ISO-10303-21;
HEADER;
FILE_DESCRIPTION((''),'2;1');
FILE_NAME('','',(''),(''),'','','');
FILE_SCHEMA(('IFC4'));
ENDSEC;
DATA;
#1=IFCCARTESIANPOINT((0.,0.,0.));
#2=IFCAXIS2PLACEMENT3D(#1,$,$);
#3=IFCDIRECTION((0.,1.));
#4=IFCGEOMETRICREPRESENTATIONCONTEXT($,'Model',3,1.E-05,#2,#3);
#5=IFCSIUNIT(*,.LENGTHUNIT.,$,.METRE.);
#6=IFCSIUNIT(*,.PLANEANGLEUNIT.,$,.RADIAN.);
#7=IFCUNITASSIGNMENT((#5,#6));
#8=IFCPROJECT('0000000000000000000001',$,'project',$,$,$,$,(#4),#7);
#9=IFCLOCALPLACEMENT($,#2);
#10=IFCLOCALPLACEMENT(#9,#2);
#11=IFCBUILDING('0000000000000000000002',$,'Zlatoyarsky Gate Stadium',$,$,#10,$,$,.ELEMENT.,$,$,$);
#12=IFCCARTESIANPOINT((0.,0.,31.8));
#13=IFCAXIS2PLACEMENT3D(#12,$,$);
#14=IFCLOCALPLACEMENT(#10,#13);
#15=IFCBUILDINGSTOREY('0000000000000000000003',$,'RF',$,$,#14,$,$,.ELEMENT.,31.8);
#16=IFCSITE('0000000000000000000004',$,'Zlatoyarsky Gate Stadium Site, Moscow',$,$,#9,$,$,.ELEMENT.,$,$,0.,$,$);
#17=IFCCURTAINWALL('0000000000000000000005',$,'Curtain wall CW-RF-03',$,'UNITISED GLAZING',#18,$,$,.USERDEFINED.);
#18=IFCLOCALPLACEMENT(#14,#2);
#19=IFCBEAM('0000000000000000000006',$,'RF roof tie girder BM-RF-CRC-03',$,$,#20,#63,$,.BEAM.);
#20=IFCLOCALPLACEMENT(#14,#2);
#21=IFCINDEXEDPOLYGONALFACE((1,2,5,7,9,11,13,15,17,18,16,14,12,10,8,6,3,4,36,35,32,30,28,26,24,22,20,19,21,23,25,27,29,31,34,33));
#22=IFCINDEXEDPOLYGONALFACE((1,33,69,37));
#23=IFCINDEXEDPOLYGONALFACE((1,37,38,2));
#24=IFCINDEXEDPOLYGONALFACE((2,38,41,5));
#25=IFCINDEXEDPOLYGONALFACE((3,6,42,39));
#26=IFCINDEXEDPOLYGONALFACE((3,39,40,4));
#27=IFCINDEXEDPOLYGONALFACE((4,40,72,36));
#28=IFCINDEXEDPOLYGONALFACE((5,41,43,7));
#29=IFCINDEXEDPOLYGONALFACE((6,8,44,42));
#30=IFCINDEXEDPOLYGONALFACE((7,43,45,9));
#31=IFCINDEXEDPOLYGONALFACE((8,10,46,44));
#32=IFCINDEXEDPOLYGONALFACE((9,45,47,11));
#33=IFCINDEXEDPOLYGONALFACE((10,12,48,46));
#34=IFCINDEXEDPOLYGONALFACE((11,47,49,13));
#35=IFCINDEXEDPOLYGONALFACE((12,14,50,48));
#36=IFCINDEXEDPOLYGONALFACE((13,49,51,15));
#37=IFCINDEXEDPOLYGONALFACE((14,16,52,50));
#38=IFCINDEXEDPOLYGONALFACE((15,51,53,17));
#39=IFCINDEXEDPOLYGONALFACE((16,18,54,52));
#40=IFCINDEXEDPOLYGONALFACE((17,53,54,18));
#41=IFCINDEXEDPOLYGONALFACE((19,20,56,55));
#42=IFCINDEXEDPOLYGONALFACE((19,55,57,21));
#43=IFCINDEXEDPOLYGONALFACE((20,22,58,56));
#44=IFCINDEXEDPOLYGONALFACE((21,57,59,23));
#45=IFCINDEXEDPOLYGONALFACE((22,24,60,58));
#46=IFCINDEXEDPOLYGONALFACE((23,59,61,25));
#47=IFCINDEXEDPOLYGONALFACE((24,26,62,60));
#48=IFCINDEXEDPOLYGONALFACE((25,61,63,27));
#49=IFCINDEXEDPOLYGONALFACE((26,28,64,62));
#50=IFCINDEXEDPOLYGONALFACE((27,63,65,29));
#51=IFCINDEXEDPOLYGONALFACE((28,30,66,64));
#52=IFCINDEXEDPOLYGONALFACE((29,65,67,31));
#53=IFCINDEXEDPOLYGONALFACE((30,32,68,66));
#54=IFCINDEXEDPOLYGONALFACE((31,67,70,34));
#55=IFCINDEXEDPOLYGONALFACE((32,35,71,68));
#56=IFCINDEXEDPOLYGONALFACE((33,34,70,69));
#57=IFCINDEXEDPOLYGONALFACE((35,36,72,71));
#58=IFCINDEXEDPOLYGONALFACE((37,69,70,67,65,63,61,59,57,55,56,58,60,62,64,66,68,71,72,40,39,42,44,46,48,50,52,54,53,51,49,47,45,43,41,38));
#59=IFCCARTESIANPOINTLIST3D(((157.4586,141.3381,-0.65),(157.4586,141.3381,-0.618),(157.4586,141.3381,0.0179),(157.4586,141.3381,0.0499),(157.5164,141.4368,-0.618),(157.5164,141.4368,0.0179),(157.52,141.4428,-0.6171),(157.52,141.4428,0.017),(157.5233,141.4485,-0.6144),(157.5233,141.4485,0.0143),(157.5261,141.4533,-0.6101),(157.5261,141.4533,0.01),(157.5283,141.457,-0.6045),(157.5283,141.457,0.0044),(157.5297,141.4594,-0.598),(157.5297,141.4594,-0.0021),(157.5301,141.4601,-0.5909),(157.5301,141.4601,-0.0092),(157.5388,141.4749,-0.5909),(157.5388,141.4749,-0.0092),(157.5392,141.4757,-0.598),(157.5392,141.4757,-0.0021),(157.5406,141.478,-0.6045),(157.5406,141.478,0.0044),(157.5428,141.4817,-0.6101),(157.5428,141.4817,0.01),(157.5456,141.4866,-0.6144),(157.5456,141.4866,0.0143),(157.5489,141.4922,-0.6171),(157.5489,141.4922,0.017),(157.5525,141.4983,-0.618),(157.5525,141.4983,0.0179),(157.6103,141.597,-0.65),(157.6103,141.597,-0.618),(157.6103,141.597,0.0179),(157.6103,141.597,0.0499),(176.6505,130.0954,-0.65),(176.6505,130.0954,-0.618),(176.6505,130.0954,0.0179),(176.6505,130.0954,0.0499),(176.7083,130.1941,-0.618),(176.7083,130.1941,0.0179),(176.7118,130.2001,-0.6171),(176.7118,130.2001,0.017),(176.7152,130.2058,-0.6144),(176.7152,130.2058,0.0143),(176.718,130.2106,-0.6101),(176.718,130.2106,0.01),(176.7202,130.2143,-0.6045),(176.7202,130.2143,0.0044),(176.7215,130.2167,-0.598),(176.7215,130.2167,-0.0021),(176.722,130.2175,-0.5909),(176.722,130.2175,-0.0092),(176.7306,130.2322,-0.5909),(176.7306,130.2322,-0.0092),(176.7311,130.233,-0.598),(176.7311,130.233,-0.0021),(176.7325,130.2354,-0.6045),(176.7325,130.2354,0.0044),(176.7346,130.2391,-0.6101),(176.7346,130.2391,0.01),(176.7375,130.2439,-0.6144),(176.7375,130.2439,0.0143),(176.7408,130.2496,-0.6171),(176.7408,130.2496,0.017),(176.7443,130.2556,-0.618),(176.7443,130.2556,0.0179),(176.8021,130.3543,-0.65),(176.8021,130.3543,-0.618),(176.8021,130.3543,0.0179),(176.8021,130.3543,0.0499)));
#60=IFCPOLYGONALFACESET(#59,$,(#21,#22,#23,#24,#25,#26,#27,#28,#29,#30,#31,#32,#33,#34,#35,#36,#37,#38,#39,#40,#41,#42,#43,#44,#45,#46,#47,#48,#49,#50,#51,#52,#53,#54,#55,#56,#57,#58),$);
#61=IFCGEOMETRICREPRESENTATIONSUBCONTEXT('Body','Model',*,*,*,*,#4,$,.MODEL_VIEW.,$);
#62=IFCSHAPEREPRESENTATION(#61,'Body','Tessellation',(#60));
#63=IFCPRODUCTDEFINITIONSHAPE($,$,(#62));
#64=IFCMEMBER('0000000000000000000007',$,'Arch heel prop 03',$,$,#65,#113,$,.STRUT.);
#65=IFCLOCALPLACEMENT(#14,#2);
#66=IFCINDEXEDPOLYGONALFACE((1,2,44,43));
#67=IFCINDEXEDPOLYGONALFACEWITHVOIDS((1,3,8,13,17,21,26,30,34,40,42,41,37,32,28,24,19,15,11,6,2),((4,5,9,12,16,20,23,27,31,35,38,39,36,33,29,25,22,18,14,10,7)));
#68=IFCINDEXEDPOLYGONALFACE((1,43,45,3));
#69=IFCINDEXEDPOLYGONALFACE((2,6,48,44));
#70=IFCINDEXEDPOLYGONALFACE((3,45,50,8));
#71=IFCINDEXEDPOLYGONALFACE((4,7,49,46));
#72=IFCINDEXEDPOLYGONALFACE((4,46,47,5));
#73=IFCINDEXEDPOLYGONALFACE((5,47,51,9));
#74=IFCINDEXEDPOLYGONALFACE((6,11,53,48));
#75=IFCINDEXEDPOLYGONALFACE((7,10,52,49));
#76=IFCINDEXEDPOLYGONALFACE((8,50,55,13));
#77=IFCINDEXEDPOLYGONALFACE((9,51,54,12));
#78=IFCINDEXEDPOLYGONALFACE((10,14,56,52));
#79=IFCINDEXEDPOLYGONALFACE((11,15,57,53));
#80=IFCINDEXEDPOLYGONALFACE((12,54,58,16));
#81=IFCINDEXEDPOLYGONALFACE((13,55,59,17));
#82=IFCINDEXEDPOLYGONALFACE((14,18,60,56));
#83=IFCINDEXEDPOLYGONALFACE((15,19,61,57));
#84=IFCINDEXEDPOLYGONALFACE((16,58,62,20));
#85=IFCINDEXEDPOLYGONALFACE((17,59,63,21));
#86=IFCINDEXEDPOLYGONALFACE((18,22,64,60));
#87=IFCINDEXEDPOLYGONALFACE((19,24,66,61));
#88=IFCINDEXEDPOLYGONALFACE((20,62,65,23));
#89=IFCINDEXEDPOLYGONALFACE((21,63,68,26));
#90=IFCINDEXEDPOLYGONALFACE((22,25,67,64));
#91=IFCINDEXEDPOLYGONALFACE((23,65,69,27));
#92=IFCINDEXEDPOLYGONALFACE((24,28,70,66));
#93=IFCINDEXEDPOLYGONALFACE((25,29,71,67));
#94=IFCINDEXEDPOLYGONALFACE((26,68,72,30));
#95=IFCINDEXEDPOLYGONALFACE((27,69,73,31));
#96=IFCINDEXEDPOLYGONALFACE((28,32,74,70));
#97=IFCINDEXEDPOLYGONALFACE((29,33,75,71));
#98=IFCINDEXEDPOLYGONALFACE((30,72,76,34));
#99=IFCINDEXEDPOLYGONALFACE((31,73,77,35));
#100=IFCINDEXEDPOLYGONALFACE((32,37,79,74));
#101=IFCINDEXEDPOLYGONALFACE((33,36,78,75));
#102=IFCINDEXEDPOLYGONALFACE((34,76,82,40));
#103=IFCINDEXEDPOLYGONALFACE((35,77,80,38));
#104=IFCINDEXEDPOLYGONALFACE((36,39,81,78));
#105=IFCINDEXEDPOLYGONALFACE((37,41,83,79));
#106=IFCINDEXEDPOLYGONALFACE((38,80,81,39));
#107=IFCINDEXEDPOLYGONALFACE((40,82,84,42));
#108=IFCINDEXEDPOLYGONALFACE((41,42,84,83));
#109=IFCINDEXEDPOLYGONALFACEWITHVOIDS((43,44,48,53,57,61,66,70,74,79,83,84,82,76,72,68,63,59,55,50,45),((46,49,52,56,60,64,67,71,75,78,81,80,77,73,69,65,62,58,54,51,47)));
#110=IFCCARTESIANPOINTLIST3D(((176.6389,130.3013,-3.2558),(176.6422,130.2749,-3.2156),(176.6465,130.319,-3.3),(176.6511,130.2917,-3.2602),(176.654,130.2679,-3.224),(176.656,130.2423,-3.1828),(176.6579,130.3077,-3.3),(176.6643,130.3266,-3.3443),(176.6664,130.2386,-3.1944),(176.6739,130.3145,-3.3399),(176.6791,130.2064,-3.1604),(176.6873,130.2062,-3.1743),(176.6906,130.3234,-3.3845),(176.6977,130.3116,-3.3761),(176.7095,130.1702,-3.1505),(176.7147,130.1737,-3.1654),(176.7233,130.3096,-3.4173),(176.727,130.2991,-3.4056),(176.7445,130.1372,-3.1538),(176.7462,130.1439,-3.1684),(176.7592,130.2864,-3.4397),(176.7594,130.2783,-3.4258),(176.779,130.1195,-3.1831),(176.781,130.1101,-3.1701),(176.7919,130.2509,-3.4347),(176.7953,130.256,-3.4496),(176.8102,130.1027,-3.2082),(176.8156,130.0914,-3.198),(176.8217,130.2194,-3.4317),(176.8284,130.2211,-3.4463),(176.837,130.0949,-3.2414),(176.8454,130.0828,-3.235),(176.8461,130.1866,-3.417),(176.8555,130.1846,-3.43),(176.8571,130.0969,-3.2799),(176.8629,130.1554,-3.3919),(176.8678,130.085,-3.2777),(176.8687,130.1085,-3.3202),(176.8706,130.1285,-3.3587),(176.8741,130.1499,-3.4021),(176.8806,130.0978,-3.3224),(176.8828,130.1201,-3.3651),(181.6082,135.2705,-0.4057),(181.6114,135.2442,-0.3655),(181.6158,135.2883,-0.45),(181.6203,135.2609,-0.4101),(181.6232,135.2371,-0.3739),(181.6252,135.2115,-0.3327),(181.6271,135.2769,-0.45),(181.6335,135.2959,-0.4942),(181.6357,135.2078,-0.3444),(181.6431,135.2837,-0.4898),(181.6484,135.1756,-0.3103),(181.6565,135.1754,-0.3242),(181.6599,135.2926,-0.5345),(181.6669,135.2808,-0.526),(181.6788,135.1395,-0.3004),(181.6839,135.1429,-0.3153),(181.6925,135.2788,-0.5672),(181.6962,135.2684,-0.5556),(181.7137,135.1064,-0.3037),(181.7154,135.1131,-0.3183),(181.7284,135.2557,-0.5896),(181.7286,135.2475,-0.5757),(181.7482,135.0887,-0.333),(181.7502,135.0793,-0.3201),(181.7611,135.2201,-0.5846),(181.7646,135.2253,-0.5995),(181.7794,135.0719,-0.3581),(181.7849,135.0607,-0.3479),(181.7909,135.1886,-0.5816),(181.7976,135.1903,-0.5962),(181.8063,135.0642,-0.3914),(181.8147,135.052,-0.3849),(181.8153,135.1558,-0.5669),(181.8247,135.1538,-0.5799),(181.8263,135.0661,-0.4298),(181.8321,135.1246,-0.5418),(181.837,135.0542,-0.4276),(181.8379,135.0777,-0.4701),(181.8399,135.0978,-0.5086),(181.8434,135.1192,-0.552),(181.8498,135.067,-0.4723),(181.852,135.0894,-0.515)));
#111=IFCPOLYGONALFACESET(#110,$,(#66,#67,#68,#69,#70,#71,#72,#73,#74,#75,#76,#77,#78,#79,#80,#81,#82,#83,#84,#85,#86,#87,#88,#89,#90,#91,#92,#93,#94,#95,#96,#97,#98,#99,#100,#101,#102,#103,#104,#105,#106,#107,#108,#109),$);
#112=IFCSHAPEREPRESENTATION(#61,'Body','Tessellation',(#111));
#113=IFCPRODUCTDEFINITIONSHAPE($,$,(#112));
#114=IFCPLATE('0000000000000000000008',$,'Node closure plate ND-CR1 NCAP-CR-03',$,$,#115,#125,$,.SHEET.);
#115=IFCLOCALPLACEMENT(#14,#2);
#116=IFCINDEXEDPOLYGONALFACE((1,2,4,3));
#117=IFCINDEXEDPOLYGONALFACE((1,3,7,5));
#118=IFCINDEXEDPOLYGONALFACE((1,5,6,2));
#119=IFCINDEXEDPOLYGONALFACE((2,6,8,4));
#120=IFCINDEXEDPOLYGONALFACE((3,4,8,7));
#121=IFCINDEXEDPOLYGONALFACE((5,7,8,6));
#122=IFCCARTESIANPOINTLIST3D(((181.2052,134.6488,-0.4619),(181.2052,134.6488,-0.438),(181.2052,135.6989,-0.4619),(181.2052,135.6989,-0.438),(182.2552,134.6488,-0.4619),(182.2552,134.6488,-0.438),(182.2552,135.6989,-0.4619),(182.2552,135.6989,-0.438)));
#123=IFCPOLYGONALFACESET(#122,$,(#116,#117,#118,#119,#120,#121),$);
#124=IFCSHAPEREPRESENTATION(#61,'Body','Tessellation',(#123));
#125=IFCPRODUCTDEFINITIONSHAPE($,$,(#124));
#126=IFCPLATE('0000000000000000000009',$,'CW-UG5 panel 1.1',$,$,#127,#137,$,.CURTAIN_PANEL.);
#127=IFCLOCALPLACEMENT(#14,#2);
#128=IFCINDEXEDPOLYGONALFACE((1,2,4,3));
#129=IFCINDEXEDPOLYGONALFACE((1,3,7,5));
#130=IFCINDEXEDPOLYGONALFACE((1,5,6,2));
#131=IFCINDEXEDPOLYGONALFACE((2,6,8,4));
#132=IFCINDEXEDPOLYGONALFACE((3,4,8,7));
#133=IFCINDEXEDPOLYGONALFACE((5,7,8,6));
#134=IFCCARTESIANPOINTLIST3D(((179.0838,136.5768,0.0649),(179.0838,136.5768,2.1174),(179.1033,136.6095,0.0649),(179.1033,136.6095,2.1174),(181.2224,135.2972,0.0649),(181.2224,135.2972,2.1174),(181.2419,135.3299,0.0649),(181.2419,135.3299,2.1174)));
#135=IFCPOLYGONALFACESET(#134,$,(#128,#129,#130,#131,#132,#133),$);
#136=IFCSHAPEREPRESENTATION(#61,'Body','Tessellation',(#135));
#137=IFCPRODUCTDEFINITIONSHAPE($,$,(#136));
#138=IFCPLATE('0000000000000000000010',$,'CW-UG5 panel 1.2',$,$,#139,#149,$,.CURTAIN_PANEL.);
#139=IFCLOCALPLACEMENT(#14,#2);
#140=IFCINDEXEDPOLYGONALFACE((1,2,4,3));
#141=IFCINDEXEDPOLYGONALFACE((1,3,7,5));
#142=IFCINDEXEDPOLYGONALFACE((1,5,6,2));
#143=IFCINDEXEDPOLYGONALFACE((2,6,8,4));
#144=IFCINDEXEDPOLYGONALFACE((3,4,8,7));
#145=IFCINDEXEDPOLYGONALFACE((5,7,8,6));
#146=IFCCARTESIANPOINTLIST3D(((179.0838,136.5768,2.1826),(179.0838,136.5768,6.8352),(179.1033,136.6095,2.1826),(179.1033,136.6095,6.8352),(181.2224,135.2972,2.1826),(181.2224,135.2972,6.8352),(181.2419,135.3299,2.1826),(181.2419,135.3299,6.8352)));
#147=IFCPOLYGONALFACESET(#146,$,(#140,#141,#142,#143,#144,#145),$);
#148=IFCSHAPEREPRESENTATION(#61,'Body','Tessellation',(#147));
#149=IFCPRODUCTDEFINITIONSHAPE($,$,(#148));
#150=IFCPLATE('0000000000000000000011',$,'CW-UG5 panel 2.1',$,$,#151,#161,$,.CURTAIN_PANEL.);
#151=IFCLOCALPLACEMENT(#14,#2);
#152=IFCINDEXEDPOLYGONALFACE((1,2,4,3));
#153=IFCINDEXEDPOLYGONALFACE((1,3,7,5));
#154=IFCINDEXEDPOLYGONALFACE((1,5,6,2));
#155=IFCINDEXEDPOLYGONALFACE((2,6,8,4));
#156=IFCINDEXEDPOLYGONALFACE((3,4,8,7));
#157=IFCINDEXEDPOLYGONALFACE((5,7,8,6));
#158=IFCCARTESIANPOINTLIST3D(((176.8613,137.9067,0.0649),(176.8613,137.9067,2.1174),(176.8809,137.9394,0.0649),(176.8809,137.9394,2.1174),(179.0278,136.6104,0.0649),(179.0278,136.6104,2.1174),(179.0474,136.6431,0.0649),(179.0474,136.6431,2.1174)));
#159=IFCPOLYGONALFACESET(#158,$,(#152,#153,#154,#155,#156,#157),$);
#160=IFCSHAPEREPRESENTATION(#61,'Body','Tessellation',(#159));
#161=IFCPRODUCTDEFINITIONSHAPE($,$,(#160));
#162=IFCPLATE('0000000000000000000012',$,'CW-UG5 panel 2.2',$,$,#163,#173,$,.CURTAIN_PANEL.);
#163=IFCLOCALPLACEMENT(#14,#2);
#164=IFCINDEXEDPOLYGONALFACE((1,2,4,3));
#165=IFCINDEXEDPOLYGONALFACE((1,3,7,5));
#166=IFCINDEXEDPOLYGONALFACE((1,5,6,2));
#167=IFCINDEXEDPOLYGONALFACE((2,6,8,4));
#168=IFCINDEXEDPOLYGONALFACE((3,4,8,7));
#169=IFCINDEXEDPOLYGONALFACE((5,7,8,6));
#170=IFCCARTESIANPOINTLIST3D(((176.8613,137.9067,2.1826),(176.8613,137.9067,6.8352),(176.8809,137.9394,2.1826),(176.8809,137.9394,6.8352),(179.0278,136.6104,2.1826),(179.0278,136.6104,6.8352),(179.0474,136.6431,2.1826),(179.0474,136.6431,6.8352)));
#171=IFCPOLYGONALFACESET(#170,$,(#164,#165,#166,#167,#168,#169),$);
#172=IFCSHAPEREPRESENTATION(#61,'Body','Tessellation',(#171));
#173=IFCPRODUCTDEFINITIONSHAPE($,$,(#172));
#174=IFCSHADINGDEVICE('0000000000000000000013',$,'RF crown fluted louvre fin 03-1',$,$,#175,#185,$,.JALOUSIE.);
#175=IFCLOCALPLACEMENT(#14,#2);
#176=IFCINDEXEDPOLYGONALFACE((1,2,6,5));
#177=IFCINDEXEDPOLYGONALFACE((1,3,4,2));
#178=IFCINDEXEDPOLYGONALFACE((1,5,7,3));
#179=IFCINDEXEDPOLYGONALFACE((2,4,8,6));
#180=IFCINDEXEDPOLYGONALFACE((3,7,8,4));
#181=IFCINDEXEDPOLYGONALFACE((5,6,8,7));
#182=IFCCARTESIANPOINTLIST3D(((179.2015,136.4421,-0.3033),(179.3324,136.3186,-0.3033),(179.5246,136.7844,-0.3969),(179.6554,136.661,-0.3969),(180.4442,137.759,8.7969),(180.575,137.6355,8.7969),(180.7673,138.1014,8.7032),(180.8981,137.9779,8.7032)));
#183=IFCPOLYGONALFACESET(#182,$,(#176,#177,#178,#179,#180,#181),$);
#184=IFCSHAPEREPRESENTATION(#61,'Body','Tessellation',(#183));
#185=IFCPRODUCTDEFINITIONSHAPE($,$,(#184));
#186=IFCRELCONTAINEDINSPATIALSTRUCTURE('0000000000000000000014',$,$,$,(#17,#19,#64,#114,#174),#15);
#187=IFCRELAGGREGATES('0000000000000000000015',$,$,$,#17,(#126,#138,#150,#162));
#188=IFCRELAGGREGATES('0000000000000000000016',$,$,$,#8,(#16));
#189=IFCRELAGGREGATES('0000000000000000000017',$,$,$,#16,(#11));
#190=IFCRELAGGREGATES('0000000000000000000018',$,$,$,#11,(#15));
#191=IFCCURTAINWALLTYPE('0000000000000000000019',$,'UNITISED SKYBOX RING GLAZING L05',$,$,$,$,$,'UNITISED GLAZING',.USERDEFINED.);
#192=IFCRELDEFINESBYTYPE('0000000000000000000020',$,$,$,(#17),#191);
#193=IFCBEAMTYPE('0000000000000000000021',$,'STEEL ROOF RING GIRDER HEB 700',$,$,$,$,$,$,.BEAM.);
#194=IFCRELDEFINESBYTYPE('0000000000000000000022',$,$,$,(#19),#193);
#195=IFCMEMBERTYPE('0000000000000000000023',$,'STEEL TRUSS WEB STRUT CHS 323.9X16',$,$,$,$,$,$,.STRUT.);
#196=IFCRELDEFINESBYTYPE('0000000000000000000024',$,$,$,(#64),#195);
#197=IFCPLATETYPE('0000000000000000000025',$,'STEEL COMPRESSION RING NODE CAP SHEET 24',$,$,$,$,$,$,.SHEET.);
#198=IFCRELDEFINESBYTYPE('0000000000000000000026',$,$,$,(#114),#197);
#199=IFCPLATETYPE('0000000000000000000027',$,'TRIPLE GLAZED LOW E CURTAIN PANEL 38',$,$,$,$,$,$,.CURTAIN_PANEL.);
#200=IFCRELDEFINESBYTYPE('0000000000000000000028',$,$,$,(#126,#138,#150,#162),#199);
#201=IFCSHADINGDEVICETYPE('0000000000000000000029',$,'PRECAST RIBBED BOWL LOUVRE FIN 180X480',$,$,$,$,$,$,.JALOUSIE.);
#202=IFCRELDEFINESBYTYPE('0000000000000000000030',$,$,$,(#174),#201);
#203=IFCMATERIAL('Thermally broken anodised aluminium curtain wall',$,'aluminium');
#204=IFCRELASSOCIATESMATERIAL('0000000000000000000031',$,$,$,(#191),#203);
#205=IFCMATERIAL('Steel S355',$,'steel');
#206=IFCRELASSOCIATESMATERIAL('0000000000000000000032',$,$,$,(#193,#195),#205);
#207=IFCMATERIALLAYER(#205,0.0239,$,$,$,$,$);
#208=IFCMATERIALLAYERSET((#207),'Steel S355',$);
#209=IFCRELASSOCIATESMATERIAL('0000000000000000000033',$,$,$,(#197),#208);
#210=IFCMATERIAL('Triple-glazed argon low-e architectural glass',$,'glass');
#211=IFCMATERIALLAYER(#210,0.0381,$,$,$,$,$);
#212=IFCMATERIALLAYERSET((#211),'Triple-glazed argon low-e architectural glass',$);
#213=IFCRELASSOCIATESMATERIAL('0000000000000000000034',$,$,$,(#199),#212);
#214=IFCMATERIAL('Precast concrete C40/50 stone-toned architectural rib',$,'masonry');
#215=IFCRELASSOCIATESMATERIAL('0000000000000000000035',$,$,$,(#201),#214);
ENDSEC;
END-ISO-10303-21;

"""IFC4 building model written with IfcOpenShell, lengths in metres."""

from ifc_helpers import new_model, si_unit, direction, frame, origin, origin_2d, place, context, subcontext, project, spatial, rectangle, hollow_circle, i_section, extrude, material, layer, layer_set, material_profile, profile_set, type_object, element, aggregate, save


model = new_model("IFC4")

# Units and contexts
model_context = context("Model", 3, precision=1e-05, world=origin(), true_north=direction((0.0, 1.0)))
body_context = subcontext(model_context, "Body", "Model", "MODEL_VIEW")
ifc_project = project(units=[si_unit("LENGTHUNIT", "METRE"), si_unit("PLANEANGLEUNIT", "RADIAN")], contexts=[model_context])

# Site, building, storey
site_placement = place(None, origin())
site = spatial("IfcSite", under=ifc_project, at=site_placement, Name="Zlatoyarsky Gate Stadium Site, Moscow", CompositionType="ELEMENT", RefElevation=0.0)
building_placement = place(site_placement, origin())
building = spatial("IfcBuilding", under=site, at=building_placement, Name="Zlatoyarsky Gate Stadium", CompositionType="ELEMENT")
storey_placement = place(building_placement, frame((0.0, 0.0, 31.8)))
storey = spatial("IfcBuildingStorey", under=building, at=storey_placement, Name="RF", CompositionType="ELEMENT", Elevation=31.8)

# Curtain wall
ifc_material_1 = material(Name="Thermally broken anodised aluminium curtain wall", Category="aluminium")
curtain_wall_type = type_object("IfcCurtainWallType", Name="UNITISED SKYBOX RING GLAZING L05", ElementType="UNITISED GLAZING", PredefinedType="USERDEFINED", material=ifc_material_1)
curtain_wall_placement = place(storey_placement, origin())
curtain_wall = element("IfcCurtainWall", 1, at=curtain_wall_placement, inside=storey, type_object=curtain_wall_type, Name="Curtain wall CW-RF-03", ObjectType="UNITISED GLAZING", PredefinedType="USERDEFINED")

# Shared definitions
ifc_material_2 = material(Name="Steel S355", Category="steel")

# Beam
ifc_material_profile_1 = material_profile(ifc_material_2, i_section(OverallWidth=0.3, OverallDepth=0.7, WebThickness=0.0171, FlangeThickness=0.032, FilletRadius=0.0271, at=origin_2d()), Name="HEB 700")
ifc_profile_set_1 = profile_set([ifc_material_profile_1], Name="Steel S355")
beam_type_1 = type_object("IfcBeamType", Name="STEEL ROOF RING GIRDER HEB 700", PredefinedType="BEAM", material=ifc_profile_set_1)
beam_1_placement = place(storey_placement, frame((176.7263, 130.2249, -0.3), z_axis=(-0.86285, 0.50546, 0.0), x_axis=(-0.50546, -0.86285, 0.0)))
element("IfcBeam", 2, at=beam_1_placement, inside=storey, type_object=beam_type_1, Name="RF roof tie girder BM-RF-CRC-03", PredefinedType="BEAM", context=body_context, shape_type="SweptSolid", body=[
    extrude(i_section(OverallWidth=0.3, OverallDepth=0.7, WebThickness=0.0171, FlangeThickness=0.032, FilletRadius=0.0271, at=origin_2d()), origin(), (0.0, 0.0, 1.0), 22.2424),
])

# Member
ifc_material_profile_2 = material_profile(ifc_material_2, hollow_circle(Radius=0.1619, WallThickness=0.0161, at=origin_2d()), Name="CHS 323.9X16")
ifc_profile_set_2 = profile_set([ifc_material_profile_2], Name="Steel S355")
member_type_1 = type_object("IfcMemberType", Name="STEEL TRUSS WEB STRUT CHS 323.9X16", PredefinedType="STRUT", material=ifc_profile_set_2)
member_1_placement = place(storey_placement, frame((176.761, 130.2046, -3.3), z_axis=(0.655268, 0.655268, 0.375828), x_axis=(-0.707107, 0.707107, 0.0)))
element("IfcMember", 3, at=member_1_placement, inside=storey, type_object=member_type_1, Name="Arch heel prop 03", PredefinedType="STRUT", context=body_context, shape_type="SweptSolid", body=[
    extrude(hollow_circle(Radius=0.1619, WallThickness=0.0161, at=origin_2d()), origin(), (0.0, 0.0, 1.0), 7.5835),
])

# Plates
ifc_layer_1 = layer(ifc_material_2, 0.0239)
ifc_layer_set_1 = layer_set([ifc_layer_1], Name="Steel S355")
plate_type_1 = type_object("IfcPlateType", Name="STEEL COMPRESSION RING NODE CAP SHEET 24", PredefinedType="SHEET", material=ifc_layer_set_1)
plate_1_placement = place(storey_placement, frame((181.7302, 135.1738, -0.4619), z_axis=(0.0, 0.0, 1.0), x_axis=(1.0, 0.0, 0.0)))
element("IfcPlate", 4, at=plate_1_placement, inside=storey, type_object=plate_type_1, Name="Node closure plate ND-CR1 NCAP-CR-03", PredefinedType="SHEET", context=body_context, shape_type="SweptSolid", body=[
    extrude(rectangle(XDim=1.05, YDim=1.05, at=origin_2d()), origin(), (0.0, 0.0, 1.0), 0.0239),
])
ifc_material_3 = material(Name="Triple-glazed argon low-e architectural glass", Category="glass")
ifc_layer_2 = layer(ifc_material_3, 0.0381)
ifc_layer_set_2 = layer_set([ifc_layer_2], Name="Triple-glazed argon low-e architectural glass")
plate_type_2 = type_object("IfcPlateType", Name="TRIPLE GLAZED LOW E CURTAIN PANEL 38", PredefinedType="CURTAIN_PANEL", material=ifc_layer_set_2)
plate_2_placement = place(storey_placement, frame((180.1628, 135.9534, 0.0649), z_axis=(0.0, 0.0, 1.0), x_axis=(-0.858128, 0.513436, 0.0)))
plate_2 = element("IfcPlate", 5, at=plate_2_placement, type_object=plate_type_2, Name="CW-UG5 panel 1.1", PredefinedType="CURTAIN_PANEL", context=body_context, shape_type="SweptSolid", body=[
    extrude(rectangle(XDim=2.4922, YDim=0.0381, at=origin_2d()), origin(), (0.0, 0.0, 1.0), 2.0525),
])
plate_3_placement = place(storey_placement, frame((180.1628, 135.9534, 2.1826), z_axis=(0.0, 0.0, 1.0), x_axis=(-0.858128, 0.513436, 0.0)))
plate_3 = element("IfcPlate", 6, at=plate_3_placement, type_object=plate_type_2, Name="CW-UG5 panel 1.2", PredefinedType="CURTAIN_PANEL", context=body_context, shape_type="SweptSolid", body=[
    extrude(rectangle(XDim=2.4922, YDim=0.0381, at=origin_2d()), origin(), (0.0, 0.0, 1.0), 4.6526),
])
plate_4_placement = place(storey_placement, frame((177.9543, 137.2749, 0.0649), z_axis=(0.0, 0.0, 1.0), x_axis=(-0.858128, 0.513436, 0.0)))
plate_4 = element("IfcPlate", 7, at=plate_4_placement, type_object=plate_type_2, Name="CW-UG5 panel 2.1", PredefinedType="CURTAIN_PANEL", context=body_context, shape_type="SweptSolid", body=[
    extrude(rectangle(XDim=2.5247, YDim=0.0381, at=origin_2d()), origin(), (0.0, 0.0, 1.0), 2.0525),
])
plate_5_placement = place(storey_placement, frame((177.9543, 137.2749, 2.1826), z_axis=(0.0, 0.0, 1.0), x_axis=(-0.858128, 0.513436, 0.0)))
plate_5 = element("IfcPlate", 8, at=plate_5_placement, type_object=plate_type_2, Name="CW-UG5 panel 2.2", PredefinedType="CURTAIN_PANEL", context=body_context, shape_type="SweptSolid", body=[
    extrude(rectangle(XDim=2.5247, YDim=0.0381, at=origin_2d()), origin(), (0.0, 0.0, 1.0), 4.6526),
])
aggregate(curtain_wall, [plate_2, plate_3, plate_4, plate_5])

# Shading device
ifc_material_4 = material(Name="Precast concrete C40/50 stone-toned architectural rib", Category="masonry")
ifc_material_profile_3 = material_profile(ifc_material_4, rectangle(XDim=0.1799, YDim=0.48, at=origin_2d()), Name="RIB 180X480")
ifc_profile_set_3 = profile_set([ifc_material_profile_3], Name="Precast concrete C40/50 stone-toned architectural rib")
shading_device_type = type_object("IfcShadingDeviceType", Name="PRECAST RIBBED BOWL LOUVRE FIN 180X480", PredefinedType="JALOUSIE", material=ifc_profile_set_3)
shading_device_1_placement = place(storey_placement, frame((179.4285, 136.5515, -0.3501), z_axis=(0.133931, 0.14193, 0.980774), x_axis=(-0.727305, 0.686315, 0.0)))
element("IfcShadingDevice", 9, at=shading_device_1_placement, inside=storey, type_object=shading_device_type, Name="RF crown fluted louvre fin 03-1", PredefinedType="JALOUSIE", context=body_context, shape_type="SweptSolid", body=[
    extrude(rectangle(XDim=0.1799, YDim=0.48, at=origin_2d()), origin(), (0.0, 0.0, 1.0), 9.2786),
])

save(model, "model.ifc")
